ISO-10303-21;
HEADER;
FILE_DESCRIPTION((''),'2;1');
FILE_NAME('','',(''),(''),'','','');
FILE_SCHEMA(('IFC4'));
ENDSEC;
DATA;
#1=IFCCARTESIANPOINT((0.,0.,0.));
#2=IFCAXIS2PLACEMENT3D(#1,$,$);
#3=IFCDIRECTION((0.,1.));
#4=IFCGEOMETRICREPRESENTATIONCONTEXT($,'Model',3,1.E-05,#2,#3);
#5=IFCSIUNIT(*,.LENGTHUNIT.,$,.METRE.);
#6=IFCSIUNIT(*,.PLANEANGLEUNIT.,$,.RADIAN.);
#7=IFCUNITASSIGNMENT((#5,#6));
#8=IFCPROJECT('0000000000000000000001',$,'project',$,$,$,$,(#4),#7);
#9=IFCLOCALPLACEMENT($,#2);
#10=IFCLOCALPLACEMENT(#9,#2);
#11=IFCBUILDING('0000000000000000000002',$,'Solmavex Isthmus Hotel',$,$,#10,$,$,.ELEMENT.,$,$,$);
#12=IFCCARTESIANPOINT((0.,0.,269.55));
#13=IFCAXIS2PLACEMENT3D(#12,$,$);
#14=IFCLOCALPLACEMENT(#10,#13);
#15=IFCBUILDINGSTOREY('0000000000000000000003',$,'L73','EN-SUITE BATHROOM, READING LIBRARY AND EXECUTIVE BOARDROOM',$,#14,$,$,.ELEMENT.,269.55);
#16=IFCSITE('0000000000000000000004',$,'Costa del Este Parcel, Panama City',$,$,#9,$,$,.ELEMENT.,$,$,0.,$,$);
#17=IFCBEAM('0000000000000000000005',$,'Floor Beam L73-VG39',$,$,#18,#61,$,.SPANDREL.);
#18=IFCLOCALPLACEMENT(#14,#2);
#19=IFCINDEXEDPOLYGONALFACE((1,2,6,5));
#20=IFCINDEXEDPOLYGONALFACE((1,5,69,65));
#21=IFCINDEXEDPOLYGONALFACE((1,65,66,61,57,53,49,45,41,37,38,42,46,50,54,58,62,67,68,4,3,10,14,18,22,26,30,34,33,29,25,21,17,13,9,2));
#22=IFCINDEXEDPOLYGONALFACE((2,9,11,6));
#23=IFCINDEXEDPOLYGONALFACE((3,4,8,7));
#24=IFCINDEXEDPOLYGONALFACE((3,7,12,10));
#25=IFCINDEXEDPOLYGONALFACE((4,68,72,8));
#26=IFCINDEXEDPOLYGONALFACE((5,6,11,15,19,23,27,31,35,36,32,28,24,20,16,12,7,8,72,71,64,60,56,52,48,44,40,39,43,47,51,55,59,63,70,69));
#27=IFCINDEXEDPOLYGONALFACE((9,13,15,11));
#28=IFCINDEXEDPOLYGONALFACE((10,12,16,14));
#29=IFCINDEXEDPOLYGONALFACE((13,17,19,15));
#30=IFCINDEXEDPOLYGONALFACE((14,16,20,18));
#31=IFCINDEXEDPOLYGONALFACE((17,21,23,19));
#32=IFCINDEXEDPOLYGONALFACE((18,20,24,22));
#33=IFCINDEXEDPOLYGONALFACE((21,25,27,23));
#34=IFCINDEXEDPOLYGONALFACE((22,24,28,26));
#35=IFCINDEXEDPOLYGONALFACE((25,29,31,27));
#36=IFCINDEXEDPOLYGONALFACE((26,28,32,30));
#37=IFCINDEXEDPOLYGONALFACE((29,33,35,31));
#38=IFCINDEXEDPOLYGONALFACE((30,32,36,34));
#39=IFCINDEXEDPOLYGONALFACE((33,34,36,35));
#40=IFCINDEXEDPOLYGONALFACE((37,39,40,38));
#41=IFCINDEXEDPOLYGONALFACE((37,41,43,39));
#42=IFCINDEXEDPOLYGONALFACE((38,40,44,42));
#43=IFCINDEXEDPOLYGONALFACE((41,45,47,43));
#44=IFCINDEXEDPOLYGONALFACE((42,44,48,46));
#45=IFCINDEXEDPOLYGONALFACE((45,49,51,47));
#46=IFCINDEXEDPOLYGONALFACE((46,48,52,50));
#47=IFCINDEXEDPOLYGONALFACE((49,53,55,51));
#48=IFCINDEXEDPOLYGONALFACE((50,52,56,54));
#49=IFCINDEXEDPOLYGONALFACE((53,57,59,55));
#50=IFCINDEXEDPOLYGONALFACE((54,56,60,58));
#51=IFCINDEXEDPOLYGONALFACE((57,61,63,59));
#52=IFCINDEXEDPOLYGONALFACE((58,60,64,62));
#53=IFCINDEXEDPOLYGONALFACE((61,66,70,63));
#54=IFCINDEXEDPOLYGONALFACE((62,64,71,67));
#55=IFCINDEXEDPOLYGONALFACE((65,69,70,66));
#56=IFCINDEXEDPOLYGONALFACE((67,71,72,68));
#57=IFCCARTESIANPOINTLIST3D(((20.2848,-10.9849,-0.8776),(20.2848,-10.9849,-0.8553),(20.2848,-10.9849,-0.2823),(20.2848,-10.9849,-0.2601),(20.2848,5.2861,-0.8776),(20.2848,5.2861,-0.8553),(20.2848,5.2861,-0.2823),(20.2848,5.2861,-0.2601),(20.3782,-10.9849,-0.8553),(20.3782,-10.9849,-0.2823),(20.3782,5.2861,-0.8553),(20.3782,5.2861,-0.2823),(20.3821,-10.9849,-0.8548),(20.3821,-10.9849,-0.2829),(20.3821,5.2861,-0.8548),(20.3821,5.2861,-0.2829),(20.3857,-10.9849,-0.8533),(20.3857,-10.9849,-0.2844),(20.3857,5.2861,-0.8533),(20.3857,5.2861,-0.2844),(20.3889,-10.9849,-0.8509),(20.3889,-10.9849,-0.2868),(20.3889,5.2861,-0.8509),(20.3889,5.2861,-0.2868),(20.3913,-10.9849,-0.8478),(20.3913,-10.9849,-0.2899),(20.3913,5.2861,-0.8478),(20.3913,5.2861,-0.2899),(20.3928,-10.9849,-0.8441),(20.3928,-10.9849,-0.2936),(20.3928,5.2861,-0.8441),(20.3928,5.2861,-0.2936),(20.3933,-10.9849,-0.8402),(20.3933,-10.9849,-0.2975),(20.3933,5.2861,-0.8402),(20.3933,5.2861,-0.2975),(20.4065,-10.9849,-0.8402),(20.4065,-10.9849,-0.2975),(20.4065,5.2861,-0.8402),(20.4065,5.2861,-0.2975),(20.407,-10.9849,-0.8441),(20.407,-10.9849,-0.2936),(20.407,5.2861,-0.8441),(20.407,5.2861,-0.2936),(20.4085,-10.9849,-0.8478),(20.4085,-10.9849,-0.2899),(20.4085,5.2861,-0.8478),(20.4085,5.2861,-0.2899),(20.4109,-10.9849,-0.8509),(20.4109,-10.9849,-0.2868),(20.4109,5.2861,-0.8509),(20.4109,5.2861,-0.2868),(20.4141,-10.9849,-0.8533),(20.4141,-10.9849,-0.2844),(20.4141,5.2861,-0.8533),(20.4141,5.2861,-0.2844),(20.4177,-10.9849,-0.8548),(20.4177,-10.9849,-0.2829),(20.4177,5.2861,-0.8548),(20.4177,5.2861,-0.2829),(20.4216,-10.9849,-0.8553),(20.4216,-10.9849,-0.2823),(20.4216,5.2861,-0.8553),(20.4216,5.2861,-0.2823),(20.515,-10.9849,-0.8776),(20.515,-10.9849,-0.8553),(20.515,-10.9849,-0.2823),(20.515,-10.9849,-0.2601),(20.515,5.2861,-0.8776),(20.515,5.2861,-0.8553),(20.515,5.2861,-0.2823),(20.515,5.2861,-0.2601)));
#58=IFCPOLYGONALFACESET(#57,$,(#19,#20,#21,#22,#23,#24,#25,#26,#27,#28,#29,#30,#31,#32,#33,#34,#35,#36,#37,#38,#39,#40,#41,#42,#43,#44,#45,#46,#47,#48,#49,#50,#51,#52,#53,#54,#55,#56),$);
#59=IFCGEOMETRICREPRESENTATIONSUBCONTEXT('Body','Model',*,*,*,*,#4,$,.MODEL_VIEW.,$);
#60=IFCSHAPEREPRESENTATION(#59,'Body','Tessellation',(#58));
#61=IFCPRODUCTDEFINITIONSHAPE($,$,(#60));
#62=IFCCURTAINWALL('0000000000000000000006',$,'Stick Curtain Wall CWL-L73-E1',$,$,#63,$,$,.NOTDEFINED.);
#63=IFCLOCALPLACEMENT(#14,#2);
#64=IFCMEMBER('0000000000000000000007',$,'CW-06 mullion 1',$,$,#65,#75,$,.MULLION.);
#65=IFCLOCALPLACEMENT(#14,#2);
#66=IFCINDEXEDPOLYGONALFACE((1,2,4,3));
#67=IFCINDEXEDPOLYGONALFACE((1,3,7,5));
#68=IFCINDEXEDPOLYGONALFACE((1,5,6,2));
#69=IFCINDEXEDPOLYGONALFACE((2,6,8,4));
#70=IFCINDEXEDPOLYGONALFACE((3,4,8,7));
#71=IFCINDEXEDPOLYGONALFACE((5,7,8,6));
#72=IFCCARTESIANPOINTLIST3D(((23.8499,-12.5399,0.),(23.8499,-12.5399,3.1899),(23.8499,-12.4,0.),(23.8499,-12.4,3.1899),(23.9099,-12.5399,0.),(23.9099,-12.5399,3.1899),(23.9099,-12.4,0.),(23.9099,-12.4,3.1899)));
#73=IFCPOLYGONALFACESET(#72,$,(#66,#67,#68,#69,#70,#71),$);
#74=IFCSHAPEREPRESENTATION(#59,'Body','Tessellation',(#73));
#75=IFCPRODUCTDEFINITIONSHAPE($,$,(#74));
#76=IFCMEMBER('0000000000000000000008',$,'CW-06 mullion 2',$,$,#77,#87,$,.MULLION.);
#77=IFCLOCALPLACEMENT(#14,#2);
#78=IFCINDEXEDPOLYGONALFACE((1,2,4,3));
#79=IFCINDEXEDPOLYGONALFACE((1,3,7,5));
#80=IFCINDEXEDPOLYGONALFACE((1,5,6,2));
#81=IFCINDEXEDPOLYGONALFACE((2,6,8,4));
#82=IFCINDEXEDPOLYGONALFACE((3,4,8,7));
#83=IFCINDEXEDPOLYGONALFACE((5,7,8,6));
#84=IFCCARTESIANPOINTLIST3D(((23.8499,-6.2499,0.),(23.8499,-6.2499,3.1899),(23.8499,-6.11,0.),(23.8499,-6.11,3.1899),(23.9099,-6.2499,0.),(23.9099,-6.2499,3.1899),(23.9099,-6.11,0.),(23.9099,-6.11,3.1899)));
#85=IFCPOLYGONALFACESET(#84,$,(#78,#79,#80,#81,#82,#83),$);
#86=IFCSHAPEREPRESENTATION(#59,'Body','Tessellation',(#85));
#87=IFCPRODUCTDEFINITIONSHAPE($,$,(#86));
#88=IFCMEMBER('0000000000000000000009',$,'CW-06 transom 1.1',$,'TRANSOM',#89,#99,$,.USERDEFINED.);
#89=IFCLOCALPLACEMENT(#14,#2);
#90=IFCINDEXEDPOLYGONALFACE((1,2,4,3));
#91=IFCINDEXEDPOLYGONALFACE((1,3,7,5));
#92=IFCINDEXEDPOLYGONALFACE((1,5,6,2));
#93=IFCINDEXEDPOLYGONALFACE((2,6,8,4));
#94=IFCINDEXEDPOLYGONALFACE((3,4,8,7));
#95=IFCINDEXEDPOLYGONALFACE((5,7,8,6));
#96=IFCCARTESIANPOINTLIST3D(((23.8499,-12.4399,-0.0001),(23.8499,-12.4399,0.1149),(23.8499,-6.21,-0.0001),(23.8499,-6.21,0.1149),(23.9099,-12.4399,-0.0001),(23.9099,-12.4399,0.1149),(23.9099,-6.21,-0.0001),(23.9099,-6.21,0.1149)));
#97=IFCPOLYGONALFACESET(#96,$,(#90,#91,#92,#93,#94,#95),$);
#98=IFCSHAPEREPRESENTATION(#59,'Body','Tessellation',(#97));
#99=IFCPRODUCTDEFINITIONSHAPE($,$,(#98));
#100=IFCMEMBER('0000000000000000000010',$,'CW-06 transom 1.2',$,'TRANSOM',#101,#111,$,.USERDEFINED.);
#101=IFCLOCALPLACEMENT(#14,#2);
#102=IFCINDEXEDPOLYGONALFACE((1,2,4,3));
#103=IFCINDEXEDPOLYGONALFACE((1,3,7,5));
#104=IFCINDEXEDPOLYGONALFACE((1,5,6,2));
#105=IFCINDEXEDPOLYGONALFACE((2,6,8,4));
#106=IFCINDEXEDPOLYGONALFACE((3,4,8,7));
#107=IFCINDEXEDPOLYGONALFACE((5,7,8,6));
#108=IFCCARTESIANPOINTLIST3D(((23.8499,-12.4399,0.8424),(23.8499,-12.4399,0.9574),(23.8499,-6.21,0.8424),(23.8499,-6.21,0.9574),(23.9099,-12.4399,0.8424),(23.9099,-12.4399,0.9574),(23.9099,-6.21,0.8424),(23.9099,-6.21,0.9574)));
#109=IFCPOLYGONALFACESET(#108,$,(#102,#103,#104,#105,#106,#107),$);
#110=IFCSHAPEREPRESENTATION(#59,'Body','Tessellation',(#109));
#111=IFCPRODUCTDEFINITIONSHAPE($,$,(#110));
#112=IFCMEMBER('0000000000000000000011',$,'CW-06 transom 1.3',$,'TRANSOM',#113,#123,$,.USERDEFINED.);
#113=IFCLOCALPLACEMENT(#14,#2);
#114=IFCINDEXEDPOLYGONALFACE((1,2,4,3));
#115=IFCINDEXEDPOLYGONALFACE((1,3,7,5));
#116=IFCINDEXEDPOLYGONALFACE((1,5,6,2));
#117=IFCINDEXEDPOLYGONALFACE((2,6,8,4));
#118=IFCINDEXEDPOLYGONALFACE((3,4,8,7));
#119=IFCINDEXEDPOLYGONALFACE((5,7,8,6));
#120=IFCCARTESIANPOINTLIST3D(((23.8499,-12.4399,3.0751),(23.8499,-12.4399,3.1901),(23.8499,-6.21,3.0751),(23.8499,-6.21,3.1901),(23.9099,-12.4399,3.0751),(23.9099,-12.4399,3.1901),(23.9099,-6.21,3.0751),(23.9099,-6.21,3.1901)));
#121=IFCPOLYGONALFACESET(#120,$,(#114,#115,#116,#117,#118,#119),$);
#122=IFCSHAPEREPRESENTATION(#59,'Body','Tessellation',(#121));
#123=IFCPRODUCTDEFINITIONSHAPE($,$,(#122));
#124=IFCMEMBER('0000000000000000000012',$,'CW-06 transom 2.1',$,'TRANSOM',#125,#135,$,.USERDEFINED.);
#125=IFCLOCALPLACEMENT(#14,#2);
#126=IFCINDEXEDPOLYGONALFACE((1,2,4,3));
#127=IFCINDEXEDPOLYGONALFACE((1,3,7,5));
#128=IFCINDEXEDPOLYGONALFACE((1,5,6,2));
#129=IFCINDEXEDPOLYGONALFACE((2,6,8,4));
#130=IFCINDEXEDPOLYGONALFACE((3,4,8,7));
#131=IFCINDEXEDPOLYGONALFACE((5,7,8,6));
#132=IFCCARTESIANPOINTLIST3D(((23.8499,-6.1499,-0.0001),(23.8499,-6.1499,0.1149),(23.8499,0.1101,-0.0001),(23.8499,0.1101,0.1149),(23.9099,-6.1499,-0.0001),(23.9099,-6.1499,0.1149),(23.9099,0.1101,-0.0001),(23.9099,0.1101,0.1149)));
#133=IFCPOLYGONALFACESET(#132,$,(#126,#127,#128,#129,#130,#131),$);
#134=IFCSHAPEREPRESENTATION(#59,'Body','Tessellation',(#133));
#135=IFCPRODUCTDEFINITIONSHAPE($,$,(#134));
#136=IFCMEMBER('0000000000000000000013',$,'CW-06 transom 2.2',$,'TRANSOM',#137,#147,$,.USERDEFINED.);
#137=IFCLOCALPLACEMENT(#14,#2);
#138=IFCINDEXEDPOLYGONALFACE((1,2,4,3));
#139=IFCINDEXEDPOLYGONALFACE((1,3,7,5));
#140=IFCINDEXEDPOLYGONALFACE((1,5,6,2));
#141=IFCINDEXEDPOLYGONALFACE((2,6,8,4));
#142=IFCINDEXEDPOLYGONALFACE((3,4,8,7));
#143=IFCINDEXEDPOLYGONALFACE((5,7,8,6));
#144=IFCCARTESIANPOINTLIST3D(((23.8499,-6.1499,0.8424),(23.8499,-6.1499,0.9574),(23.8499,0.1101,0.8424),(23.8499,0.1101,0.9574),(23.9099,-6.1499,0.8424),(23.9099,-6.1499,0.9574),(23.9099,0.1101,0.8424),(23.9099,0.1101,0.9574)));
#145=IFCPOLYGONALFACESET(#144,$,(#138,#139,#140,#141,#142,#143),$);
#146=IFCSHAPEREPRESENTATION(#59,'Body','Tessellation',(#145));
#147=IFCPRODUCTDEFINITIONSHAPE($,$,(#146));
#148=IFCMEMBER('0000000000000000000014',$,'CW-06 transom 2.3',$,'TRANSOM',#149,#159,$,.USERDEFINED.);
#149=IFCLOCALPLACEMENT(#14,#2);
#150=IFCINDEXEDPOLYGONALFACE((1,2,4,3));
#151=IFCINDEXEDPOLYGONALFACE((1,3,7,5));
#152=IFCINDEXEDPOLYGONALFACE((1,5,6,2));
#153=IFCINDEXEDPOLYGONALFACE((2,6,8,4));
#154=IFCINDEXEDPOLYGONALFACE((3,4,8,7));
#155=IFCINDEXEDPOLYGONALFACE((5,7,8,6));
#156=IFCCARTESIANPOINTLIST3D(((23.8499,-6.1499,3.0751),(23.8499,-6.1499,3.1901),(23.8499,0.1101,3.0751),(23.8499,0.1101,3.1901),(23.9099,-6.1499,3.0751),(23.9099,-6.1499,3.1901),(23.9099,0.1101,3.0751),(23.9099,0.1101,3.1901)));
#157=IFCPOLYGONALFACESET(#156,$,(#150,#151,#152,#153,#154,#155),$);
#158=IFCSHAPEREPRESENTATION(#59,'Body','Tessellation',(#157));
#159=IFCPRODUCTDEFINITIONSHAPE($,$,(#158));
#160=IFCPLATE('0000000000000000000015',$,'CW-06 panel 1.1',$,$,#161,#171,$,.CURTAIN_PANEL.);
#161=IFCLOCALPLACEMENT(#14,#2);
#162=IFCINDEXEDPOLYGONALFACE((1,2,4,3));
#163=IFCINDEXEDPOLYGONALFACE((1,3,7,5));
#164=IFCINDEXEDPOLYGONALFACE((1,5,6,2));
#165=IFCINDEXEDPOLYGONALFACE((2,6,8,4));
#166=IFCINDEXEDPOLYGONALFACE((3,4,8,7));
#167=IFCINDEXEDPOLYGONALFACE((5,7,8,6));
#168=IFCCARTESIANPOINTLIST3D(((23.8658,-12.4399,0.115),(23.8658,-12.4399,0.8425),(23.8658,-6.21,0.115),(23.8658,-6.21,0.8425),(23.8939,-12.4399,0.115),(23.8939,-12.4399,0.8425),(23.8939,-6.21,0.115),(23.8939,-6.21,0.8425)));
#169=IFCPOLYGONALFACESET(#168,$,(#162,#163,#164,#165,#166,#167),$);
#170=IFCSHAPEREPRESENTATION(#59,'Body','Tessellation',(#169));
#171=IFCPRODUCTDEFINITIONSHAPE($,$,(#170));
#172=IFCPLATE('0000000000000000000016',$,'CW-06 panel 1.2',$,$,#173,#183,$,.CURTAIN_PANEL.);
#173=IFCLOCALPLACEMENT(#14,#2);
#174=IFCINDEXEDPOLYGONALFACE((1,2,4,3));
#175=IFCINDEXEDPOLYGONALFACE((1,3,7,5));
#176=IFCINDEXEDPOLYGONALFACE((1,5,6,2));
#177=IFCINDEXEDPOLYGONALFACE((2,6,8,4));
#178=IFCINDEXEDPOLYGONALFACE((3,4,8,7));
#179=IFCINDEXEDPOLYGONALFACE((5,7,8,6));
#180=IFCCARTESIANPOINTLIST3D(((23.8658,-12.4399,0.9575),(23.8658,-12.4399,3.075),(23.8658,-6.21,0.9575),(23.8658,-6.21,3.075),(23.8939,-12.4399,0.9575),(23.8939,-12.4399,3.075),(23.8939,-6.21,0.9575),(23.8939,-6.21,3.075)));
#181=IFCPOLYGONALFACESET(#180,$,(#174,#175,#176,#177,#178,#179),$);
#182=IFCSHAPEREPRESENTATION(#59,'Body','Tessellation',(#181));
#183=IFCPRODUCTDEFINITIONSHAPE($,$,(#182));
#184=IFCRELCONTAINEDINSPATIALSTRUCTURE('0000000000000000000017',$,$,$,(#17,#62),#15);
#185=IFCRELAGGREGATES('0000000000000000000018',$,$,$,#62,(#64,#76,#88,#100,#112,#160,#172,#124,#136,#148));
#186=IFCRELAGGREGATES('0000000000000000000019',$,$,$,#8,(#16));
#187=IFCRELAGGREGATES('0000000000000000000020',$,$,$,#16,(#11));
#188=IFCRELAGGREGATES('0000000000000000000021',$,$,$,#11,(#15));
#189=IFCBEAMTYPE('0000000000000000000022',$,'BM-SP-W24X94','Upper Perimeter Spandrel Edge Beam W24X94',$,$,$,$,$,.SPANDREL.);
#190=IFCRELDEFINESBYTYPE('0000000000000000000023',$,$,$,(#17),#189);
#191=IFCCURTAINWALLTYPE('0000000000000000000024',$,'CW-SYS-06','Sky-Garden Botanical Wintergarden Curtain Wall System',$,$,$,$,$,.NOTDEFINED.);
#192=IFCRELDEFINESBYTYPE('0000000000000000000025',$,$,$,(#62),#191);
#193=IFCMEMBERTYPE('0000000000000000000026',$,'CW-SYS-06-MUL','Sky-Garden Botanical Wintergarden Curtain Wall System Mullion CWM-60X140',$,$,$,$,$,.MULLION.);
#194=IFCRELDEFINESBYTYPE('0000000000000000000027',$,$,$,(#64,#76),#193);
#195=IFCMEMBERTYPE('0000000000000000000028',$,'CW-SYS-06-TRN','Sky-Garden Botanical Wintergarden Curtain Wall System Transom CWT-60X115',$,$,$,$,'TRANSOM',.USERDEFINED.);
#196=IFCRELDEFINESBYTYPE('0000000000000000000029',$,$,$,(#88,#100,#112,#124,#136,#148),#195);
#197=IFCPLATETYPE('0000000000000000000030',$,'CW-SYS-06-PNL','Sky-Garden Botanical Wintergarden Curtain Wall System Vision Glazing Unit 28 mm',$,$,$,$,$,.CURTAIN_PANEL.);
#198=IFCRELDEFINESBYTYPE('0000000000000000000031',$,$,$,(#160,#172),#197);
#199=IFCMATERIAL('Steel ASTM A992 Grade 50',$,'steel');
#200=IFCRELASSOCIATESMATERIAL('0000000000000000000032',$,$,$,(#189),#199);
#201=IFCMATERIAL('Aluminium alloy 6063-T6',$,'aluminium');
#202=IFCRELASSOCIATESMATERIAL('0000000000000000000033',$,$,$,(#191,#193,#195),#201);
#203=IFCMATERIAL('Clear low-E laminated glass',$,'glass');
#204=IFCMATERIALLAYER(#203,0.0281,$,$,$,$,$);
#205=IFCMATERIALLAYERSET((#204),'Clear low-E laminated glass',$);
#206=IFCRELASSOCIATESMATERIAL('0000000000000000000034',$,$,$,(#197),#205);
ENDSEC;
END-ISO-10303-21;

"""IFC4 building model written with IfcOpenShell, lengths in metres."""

from ifc_helpers import new_model, si_unit, direction, frame, origin, origin_2d, place, context, subcontext, project, spatial, rectangle, i_section, extrude, material, layer, layer_set, material_profile, profile_set, type_object, element, aggregate, save


model = new_model("IFC4")

# Units and contexts
model_context = context("Model", 3, precision=1e-05, world=origin(), true_north=direction((0.0, 1.0)))
body_context = subcontext(model_context, "Body", "Model", "MODEL_VIEW")
ifc_project = project(units=[si_unit("LENGTHUNIT", "METRE"), si_unit("PLANEANGLEUNIT", "RADIAN")], contexts=[model_context])

# Site, building, storey
site_placement = place(None, origin())
site = spatial("IfcSite", under=ifc_project, at=site_placement, Name="Costa del Este Parcel, Panama City", CompositionType="ELEMENT", RefElevation=0.0)
building_placement = place(site_placement, origin())
building = spatial("IfcBuilding", under=site, at=building_placement, Name="Solmavex Isthmus Hotel", CompositionType="ELEMENT")
storey_placement = place(building_placement, frame((0.0, 0.0, 269.55)))
storey = spatial("IfcBuildingStorey", under=building, at=storey_placement, Name="L73", Description="EN-SUITE BATHROOM, READING LIBRARY AND EXECUTIVE BOARDROOM", CompositionType="ELEMENT", Elevation=269.55)

# Beam
ifc_material_1 = material(Name="Steel ASTM A992 Grade 50", Category="steel")
ifc_material_profile_1 = material_profile(ifc_material_1, i_section(OverallWidth=0.2302, OverallDepth=0.6174, WebThickness=0.0132, FlangeThickness=0.0222, FilletRadius=0.0151, at=origin_2d()), Name="W24X94")
ifc_profile_set_1 = profile_set([ifc_material_profile_1], Name="Steel ASTM A992 Grade 50")
beam_type_1 = type_object("IfcBeamType", Name="BM-SP-W24X94", Description="Upper Perimeter Spandrel Edge Beam W24X94", PredefinedType="SPANDREL", material=ifc_profile_set_1)
beam_1_placement = place(storey_placement, frame((20.3999, -10.9849, -0.5688), z_axis=(0.0, 1.0, 0.0), x_axis=(-1.0, 0.0, 0.0)))
element("IfcBeam", 1, at=beam_1_placement, inside=storey, type_object=beam_type_1, Name="Floor Beam L73-VG39", PredefinedType="SPANDREL", context=body_context, shape_type="SweptSolid", body=[
    extrude(i_section(OverallWidth=0.2302, OverallDepth=0.6174, WebThickness=0.0132, FlangeThickness=0.0222, FilletRadius=0.0151, at=origin_2d()), origin(), (0.0, 0.0, 1.0), 16.271),
])

# Curtain wall, members, plates
ifc_material_2 = material(Name="Aluminium alloy 6063-T6", Category="aluminium")
curtain_wall_type = type_object("IfcCurtainWallType", Name="CW-SYS-06", Description="Sky-Garden Botanical Wintergarden Curtain Wall System", PredefinedType="NOTDEFINED", material=ifc_material_2)
curtain_wall_placement = place(storey_placement, origin())
curtain_wall = element("IfcCurtainWall", 2, at=curtain_wall_placement, inside=storey, type_object=curtain_wall_type, Name="Stick Curtain Wall CWL-L73-E1", PredefinedType="NOTDEFINED")
ifc_material_profile_2 = material_profile(ifc_material_2, rectangle(XDim=0.0601, YDim=0.1399, at=origin_2d()), Name="CWM-60X140")
ifc_profile_set_2 = profile_set([ifc_material_profile_2], Name="Aluminium alloy 6063-T6")
member_type_1 = type_object("IfcMemberType", Name="CW-SYS-06-MUL", Description="Sky-Garden Botanical Wintergarden Curtain Wall System Mullion CWM-60X140", PredefinedType="MULLION", material=ifc_profile_set_2)
member_1_placement = place(storey_placement, frame((23.8799, -12.47, 0.0), z_axis=(0.0, 0.0, 1.0), x_axis=(-1.0, 0.0, 0.0)))
member_1 = element("IfcMember", 3, at=member_1_placement, type_object=member_type_1, Name="CW-06 mullion 1", PredefinedType="MULLION", context=body_context, shape_type="SweptSolid", body=[
    extrude(rectangle(XDim=0.0601, YDim=0.1399, at=origin_2d()), origin(), (0.0, 0.0, 1.0), 3.1899),
])
member_2_placement = place(storey_placement, frame((23.8799, -6.1799, 0.0), z_axis=(0.0, 0.0, 1.0), x_axis=(-1.0, 0.0, 0.0)))
member_2 = element("IfcMember", 4, at=member_2_placement, type_object=member_type_1, Name="CW-06 mullion 2", PredefinedType="MULLION", context=body_context, shape_type="SweptSolid", body=[
    extrude(rectangle(XDim=0.0601, YDim=0.1399, at=origin_2d()), origin(), (0.0, 0.0, 1.0), 3.1899),
])
ifc_material_profile_3 = material_profile(ifc_material_2, rectangle(XDim=0.0601, YDim=0.115, at=origin_2d()), Name="CWT-60X115")
ifc_profile_set_3 = profile_set([ifc_material_profile_3], Name="Aluminium alloy 6063-T6")
member_type_2 = type_object("IfcMemberType", Name="CW-SYS-06-TRN", Description="Sky-Garden Botanical Wintergarden Curtain Wall System Transom CWT-60X115", ElementType="TRANSOM", PredefinedType="USERDEFINED", material=ifc_profile_set_3)
member_3_placement = place(storey_placement, frame((23.8799, -12.4399, 0.0574), z_axis=(0.0, 1.0, 0.0), x_axis=(-1.0, 0.0, 0.0)))
member_3 = element("IfcMember", 5, at=member_3_placement, type_object=member_type_2, Name="CW-06 transom 1.1", ObjectType="TRANSOM", PredefinedType="USERDEFINED", context=body_context, shape_type="SweptSolid", body=[
    extrude(rectangle(XDim=0.0601, YDim=0.115, at=origin_2d()), origin(), (0.0, 0.0, 1.0), 6.23),
])
member_4_placement = place(storey_placement, frame((23.8799, -12.4399, 0.8999), z_axis=(0.0, 1.0, 0.0), x_axis=(-1.0, 0.0, 0.0)))
member_4 = element("IfcMember", 6, at=member_4_placement, type_object=member_type_2, Name="CW-06 transom 1.2", ObjectType="TRANSOM", PredefinedType="USERDEFINED", context=body_context, shape_type="SweptSolid", body=[
    extrude(rectangle(XDim=0.0601, YDim=0.115, at=origin_2d()), origin(), (0.0, 0.0, 1.0), 6.23),
])
member_5_placement = place(storey_placement, frame((23.8799, -12.4399, 3.1326), z_axis=(0.0, 1.0, 0.0), x_axis=(-1.0, 0.0, 0.0)))
member_5 = element("IfcMember", 7, at=member_5_placement, type_object=member_type_2, Name="CW-06 transom 1.3", ObjectType="TRANSOM", PredefinedType="USERDEFINED", context=body_context, shape_type="SweptSolid", body=[
    extrude(rectangle(XDim=0.0601, YDim=0.115, at=origin_2d()), origin(), (0.0, 0.0, 1.0), 6.23),
])
member_6_placement = place(storey_placement, frame((23.8799, -6.1499, 0.0574), z_axis=(0.0, 1.0, 0.0), x_axis=(-1.0, 0.0, 0.0)))
member_6 = element("IfcMember", 8, at=member_6_placement, type_object=member_type_2, Name="CW-06 transom 2.1", ObjectType="TRANSOM", PredefinedType="USERDEFINED", context=body_context, shape_type="SweptSolid", body=[
    extrude(rectangle(XDim=0.0601, YDim=0.115, at=origin_2d()), origin(), (0.0, 0.0, 1.0), 6.26),
])
member_7_placement = place(storey_placement, frame((23.8799, -6.1499, 0.8999), z_axis=(0.0, 1.0, 0.0), x_axis=(-1.0, 0.0, 0.0)))
member_7 = element("IfcMember", 9, at=member_7_placement, type_object=member_type_2, Name="CW-06 transom 2.2", ObjectType="TRANSOM", PredefinedType="USERDEFINED", context=body_context, shape_type="SweptSolid", body=[
    extrude(rectangle(XDim=0.0601, YDim=0.115, at=origin_2d()), origin(), (0.0, 0.0, 1.0), 6.26),
])
member_8_placement = place(storey_placement, frame((23.8799, -6.1499, 3.1326), z_axis=(0.0, 1.0, 0.0), x_axis=(-1.0, 0.0, 0.0)))
member_8 = element("IfcMember", 10, at=member_8_placement, type_object=member_type_2, Name="CW-06 transom 2.3", ObjectType="TRANSOM", PredefinedType="USERDEFINED", context=body_context, shape_type="SweptSolid", body=[
    extrude(rectangle(XDim=0.0601, YDim=0.115, at=origin_2d()), origin(), (0.0, 0.0, 1.0), 6.26),
])
ifc_material_3 = material(Name="Clear low-E laminated glass", Category="glass")
ifc_layer_1 = layer(ifc_material_3, 0.0281)
ifc_layer_set_1 = layer_set([ifc_layer_1], Name="Clear low-E laminated glass")
plate_type = type_object("IfcPlateType", Name="CW-SYS-06-PNL", Description="Sky-Garden Botanical Wintergarden Curtain Wall System Vision Glazing Unit 28 mm", PredefinedType="CURTAIN_PANEL", material=ifc_layer_set_1)
plate_1_placement = place(storey_placement, frame((23.8799, -9.325, 0.115), z_axis=(0.0, 0.0, 1.0), x_axis=(0.0, 1.0, 0.0)))
plate_1 = element("IfcPlate", 11, at=plate_1_placement, type_object=plate_type, Name="CW-06 panel 1.1", PredefinedType="CURTAIN_PANEL", context=body_context, shape_type="SweptSolid", body=[
    extrude(rectangle(XDim=6.23, YDim=0.0281, at=origin_2d()), origin(), (0.0, 0.0, 1.0), 0.7275),
])
plate_2_placement = place(storey_placement, frame((23.8799, -9.325, 0.9575), z_axis=(0.0, 0.0, 1.0), x_axis=(0.0, 1.0, 0.0)))
plate_2 = element("IfcPlate", 12, at=plate_2_placement, type_object=plate_type, Name="CW-06 panel 1.2", PredefinedType="CURTAIN_PANEL", context=body_context, shape_type="SweptSolid", body=[
    extrude(rectangle(XDim=6.23, YDim=0.0281, at=origin_2d()), origin(), (0.0, 0.0, 1.0), 2.1174),
])
aggregate(curtain_wall, [member_1, member_2, member_3, member_4, member_5, plate_1, plate_2, member_6, member_7, member_8])

save(model, "model.ifc")
